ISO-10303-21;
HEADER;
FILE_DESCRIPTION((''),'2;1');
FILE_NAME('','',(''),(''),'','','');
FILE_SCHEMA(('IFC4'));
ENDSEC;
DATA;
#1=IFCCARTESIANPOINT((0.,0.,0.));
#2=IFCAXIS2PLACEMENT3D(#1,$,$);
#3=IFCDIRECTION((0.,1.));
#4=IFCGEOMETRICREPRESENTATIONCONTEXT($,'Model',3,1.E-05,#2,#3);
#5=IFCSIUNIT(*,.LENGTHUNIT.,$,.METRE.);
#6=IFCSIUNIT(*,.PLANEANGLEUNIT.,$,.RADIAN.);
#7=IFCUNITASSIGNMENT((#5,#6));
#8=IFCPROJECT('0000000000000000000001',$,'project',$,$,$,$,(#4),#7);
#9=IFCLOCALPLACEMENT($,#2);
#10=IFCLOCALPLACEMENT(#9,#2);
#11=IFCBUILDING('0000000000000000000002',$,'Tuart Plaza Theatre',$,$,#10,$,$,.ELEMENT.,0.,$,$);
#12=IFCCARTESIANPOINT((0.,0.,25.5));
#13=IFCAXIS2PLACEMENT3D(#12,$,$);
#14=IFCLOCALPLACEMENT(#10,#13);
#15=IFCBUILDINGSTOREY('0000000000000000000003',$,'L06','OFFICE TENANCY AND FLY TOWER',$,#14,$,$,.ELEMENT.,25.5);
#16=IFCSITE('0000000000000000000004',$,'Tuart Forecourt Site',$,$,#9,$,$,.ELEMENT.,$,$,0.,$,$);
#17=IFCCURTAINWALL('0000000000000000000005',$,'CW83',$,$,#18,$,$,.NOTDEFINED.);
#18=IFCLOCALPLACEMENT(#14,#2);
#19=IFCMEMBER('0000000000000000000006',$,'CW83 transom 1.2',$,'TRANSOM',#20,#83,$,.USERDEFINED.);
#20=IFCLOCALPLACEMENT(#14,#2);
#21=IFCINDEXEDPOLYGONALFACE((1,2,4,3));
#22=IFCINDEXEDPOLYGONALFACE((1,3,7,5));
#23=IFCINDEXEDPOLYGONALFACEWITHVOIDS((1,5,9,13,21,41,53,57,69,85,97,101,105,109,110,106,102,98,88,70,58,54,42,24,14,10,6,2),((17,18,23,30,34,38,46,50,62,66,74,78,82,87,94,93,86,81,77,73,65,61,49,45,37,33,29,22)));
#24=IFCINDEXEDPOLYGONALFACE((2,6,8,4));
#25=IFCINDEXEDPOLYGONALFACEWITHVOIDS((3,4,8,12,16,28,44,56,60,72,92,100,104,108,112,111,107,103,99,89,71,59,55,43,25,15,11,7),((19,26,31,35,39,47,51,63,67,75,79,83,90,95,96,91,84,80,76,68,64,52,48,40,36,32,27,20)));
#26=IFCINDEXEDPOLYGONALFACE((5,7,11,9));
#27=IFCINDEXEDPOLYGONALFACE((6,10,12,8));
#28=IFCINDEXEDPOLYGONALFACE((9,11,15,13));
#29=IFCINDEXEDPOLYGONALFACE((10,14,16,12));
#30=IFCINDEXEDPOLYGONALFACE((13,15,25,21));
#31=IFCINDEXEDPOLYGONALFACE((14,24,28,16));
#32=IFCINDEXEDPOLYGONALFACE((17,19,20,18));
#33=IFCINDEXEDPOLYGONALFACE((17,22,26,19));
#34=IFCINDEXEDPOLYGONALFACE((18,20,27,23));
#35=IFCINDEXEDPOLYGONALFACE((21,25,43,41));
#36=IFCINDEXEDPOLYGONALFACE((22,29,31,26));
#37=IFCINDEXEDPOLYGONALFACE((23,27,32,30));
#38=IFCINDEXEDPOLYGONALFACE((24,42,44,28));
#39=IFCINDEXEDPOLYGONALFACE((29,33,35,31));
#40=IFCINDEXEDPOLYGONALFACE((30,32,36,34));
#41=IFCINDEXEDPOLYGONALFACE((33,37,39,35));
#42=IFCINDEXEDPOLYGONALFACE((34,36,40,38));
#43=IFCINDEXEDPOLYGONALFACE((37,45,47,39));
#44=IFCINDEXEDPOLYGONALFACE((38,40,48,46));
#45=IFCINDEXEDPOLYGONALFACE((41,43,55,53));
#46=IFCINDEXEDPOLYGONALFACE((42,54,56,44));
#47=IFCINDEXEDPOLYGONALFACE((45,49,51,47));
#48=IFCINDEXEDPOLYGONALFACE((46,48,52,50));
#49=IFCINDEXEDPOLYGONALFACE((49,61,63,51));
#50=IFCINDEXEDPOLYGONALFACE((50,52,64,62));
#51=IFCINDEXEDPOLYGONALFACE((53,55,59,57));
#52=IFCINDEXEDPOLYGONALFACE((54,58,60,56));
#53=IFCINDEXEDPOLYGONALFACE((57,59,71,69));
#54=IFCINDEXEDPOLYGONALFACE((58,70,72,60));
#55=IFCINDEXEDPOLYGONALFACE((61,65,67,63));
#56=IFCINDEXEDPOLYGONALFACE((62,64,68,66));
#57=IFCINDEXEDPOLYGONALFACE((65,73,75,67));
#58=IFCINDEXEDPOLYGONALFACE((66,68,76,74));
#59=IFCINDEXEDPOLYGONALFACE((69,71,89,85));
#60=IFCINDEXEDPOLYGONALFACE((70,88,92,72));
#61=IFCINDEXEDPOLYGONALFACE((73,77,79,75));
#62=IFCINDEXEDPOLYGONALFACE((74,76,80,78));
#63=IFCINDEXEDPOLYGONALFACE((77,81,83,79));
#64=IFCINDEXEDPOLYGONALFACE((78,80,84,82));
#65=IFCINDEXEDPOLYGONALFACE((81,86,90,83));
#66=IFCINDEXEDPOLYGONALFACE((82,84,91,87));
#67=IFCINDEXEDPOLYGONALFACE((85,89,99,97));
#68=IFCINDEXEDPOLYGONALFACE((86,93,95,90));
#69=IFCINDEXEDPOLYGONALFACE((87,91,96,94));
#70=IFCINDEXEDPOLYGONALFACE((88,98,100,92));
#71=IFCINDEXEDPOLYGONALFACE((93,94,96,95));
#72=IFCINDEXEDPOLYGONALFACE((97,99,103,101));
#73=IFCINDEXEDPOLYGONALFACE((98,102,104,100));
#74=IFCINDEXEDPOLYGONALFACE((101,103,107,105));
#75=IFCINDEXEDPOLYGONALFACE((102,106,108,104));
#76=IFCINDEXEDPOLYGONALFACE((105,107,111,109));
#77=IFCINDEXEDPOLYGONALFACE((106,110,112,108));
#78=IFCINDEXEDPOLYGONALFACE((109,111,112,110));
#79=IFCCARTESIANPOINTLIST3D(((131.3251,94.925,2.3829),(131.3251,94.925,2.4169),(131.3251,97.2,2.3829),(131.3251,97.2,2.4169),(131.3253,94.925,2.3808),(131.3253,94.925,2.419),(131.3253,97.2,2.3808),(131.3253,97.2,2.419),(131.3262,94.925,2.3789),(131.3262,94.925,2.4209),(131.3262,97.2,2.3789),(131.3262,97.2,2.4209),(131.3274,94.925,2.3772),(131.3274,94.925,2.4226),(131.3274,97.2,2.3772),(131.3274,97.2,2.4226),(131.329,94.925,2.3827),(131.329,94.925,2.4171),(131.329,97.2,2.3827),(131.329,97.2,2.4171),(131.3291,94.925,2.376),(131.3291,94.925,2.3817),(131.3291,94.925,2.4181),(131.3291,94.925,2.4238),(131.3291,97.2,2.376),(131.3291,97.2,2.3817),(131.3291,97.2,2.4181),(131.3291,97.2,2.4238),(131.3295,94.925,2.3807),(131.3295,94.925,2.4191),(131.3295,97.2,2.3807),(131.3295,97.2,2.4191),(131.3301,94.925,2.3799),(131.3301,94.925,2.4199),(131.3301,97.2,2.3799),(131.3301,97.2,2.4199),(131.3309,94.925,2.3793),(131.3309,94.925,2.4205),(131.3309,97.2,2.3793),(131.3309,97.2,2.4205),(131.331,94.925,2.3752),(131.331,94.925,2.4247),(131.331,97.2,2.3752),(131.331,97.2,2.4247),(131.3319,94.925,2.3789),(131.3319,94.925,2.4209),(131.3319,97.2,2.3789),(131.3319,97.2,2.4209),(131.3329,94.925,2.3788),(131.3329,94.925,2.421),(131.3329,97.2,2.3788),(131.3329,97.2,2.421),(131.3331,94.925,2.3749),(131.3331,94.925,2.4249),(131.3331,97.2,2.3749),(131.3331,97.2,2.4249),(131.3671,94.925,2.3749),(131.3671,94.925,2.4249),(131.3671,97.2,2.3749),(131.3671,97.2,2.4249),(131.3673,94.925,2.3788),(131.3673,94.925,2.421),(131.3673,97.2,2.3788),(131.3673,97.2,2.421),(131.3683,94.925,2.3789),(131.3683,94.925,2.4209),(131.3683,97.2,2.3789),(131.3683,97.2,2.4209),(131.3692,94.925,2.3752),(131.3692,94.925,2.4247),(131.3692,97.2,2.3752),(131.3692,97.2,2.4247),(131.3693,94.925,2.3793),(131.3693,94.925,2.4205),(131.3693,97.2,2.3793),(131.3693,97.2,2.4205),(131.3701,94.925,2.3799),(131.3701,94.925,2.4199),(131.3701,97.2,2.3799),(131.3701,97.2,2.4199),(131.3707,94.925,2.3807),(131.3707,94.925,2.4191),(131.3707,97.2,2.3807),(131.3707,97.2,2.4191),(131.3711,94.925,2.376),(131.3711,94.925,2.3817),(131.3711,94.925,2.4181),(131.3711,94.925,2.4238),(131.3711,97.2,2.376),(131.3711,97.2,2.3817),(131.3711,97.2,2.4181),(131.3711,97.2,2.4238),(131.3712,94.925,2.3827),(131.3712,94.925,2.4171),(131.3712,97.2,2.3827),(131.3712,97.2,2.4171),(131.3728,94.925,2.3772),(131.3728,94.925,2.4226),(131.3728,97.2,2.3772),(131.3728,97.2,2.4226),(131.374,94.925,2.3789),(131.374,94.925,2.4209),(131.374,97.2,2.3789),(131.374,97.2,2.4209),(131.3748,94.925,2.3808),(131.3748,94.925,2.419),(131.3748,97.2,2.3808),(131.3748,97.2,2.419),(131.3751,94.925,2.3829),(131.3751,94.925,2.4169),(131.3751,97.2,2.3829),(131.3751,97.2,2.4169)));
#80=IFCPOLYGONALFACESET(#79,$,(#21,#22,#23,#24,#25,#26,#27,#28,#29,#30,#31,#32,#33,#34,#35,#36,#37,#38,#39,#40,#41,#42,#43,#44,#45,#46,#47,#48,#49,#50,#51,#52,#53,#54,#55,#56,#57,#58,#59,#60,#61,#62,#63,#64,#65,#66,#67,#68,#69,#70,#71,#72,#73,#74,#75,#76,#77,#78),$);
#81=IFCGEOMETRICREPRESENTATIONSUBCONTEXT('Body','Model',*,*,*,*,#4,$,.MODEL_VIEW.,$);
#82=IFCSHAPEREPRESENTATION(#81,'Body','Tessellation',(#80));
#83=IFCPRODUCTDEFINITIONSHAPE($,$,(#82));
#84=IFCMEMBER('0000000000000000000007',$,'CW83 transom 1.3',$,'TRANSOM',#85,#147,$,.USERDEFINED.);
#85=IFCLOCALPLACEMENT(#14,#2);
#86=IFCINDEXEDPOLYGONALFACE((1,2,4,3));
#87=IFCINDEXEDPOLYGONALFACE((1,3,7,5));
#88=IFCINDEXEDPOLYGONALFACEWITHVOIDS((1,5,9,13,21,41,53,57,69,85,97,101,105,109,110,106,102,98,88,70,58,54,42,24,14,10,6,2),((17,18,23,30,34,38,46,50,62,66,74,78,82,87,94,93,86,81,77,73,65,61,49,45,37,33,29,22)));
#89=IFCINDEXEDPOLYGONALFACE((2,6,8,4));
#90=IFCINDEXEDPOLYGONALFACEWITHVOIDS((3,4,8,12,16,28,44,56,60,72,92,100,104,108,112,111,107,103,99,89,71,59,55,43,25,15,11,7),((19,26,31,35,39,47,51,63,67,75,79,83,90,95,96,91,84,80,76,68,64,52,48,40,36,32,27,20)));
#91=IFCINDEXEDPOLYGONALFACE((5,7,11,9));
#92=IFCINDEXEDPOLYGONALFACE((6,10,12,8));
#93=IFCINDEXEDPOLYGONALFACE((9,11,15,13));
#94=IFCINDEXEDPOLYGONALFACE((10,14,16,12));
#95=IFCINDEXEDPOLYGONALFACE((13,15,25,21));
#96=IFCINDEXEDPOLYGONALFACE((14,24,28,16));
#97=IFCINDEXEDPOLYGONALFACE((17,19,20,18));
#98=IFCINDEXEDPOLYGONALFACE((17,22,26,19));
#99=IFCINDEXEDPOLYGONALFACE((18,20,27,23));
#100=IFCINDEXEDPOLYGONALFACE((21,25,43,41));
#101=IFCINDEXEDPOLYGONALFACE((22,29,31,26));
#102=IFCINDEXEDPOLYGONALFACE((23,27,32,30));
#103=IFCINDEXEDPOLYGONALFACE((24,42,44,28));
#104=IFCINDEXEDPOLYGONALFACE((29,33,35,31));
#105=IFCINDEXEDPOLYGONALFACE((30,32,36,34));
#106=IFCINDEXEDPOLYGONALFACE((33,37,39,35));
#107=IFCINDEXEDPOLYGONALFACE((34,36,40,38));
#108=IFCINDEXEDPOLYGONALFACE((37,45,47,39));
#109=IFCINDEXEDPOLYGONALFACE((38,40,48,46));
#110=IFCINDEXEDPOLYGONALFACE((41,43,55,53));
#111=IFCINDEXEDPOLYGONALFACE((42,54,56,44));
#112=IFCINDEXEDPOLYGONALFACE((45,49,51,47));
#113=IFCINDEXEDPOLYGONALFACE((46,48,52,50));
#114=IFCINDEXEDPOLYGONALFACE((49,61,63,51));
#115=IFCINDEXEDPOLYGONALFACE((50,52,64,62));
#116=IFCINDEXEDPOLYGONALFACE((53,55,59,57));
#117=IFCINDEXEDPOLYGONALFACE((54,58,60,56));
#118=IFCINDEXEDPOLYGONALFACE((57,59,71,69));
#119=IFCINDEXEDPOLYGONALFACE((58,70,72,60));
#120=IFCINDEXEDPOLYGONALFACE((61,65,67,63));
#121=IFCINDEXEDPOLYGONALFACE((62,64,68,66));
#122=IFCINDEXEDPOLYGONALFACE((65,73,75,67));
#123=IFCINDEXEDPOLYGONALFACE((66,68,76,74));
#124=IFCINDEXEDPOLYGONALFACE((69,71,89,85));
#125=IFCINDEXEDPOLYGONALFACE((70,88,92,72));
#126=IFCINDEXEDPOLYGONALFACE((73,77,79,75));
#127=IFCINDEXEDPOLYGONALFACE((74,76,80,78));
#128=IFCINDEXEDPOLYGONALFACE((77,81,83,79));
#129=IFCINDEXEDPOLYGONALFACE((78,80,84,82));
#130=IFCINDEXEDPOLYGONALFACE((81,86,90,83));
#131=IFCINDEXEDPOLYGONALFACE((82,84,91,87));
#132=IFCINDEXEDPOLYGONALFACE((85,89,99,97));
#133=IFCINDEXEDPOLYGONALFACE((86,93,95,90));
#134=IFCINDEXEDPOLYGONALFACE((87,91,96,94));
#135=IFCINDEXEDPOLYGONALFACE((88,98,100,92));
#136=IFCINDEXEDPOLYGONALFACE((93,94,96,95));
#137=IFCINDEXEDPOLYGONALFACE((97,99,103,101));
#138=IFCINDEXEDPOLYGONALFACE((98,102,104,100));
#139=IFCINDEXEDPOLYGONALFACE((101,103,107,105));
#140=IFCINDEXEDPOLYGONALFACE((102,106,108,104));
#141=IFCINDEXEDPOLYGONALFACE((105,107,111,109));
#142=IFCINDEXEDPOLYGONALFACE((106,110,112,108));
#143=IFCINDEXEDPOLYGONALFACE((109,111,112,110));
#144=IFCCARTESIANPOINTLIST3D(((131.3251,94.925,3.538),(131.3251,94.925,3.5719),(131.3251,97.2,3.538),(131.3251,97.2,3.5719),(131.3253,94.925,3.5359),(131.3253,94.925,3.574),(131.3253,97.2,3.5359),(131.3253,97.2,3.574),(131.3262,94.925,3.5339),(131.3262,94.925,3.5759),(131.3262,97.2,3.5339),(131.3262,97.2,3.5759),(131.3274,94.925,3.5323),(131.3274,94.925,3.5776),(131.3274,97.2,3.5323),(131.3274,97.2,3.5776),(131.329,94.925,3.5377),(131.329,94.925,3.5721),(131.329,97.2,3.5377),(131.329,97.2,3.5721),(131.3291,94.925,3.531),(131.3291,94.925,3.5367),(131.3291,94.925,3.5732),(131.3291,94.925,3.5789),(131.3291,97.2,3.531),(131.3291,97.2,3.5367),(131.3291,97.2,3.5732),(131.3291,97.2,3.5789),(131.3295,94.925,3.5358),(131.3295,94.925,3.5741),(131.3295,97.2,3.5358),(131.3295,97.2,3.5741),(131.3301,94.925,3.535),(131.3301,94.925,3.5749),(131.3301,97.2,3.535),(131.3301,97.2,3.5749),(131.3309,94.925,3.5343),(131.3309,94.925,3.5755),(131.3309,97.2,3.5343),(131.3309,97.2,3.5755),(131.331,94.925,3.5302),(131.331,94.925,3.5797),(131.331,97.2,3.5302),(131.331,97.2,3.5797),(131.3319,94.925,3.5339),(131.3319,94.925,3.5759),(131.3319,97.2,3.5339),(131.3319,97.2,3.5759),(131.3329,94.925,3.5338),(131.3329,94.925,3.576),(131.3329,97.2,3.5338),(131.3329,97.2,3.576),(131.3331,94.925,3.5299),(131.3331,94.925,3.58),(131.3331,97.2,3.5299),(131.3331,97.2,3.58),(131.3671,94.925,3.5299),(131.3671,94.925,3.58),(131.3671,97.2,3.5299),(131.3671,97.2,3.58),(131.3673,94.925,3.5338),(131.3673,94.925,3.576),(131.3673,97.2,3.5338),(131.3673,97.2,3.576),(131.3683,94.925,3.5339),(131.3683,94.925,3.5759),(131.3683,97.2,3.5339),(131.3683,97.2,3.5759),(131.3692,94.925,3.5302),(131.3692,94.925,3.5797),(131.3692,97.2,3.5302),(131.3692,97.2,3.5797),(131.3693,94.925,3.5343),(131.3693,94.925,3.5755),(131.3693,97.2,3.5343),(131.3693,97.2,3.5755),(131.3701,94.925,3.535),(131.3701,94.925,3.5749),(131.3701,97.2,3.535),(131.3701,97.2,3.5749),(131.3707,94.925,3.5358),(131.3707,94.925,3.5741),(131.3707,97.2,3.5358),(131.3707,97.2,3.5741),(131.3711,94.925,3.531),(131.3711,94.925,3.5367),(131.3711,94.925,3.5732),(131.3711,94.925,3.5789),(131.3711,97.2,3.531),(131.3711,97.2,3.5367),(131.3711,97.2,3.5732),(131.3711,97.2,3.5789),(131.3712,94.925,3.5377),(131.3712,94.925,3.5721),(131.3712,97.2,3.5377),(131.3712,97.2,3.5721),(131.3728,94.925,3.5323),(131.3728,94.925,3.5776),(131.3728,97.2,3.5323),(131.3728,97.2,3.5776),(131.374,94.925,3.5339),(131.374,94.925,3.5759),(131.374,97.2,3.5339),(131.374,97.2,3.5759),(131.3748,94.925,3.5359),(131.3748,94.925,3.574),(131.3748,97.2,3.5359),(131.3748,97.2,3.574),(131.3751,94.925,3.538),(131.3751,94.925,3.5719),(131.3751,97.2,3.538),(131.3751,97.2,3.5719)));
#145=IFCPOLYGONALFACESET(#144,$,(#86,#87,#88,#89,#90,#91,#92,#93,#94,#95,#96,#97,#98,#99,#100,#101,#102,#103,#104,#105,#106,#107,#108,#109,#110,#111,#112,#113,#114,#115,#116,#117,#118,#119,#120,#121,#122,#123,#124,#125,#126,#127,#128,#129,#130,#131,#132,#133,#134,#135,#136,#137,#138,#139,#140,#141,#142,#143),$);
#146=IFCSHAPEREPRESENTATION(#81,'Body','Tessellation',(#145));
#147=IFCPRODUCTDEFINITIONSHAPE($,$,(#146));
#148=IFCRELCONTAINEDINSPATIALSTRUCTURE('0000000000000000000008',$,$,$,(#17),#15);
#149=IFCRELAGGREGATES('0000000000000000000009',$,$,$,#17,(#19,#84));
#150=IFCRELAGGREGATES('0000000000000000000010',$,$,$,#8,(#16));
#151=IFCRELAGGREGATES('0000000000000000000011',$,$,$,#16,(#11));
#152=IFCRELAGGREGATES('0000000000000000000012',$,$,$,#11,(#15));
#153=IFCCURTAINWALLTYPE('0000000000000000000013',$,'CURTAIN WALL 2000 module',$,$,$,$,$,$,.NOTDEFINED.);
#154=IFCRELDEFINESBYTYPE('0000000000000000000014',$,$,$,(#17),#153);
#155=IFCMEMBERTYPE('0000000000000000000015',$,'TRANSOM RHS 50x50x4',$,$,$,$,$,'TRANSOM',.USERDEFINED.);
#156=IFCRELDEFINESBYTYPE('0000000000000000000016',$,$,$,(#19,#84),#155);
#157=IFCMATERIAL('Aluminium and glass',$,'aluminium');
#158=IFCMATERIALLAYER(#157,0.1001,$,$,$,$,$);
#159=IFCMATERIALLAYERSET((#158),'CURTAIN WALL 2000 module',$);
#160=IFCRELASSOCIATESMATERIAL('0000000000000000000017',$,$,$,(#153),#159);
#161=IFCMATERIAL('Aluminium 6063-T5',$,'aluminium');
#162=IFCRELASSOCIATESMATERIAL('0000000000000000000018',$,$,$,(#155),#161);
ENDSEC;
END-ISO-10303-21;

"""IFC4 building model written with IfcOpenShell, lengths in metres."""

from ifc_helpers import new_model, si_unit, direction, frame, origin, origin_2d, place, context, subcontext, project, spatial, hollow_rectangle, extrude, material, layer, layer_set, material_profile, profile_set, type_object, element, aggregate, save


model = new_model("IFC4")

# Units and contexts
model_context = context("Model", 3, precision=1e-05, world=origin(), true_north=direction((0.0, 1.0)))
body_context = subcontext(model_context, "Body", "Model", "MODEL_VIEW")
ifc_project = project(units=[si_unit("LENGTHUNIT", "METRE"), si_unit("PLANEANGLEUNIT", "RADIAN")], contexts=[model_context])

# Site, building, storey
site_placement = place(None, origin())
site = spatial("IfcSite", under=ifc_project, at=site_placement, Name="Tuart Forecourt Site", CompositionType="ELEMENT", RefElevation=0.0)
building_placement = place(site_placement, origin())
building = spatial("IfcBuilding", under=site, at=building_placement, Name="Tuart Plaza Theatre", CompositionType="ELEMENT", ElevationOfRefHeight=0.0)
storey_placement = place(building_placement, frame((0.0, 0.0, 25.5)))
storey = spatial("IfcBuildingStorey", under=building, at=storey_placement, Name="L06", Description="OFFICE TENANCY AND FLY TOWER", CompositionType="ELEMENT", Elevation=25.5)

# Curtain wall
ifc_material_1 = material(Name="Aluminium and glass", Category="aluminium")
ifc_layer_1 = layer(ifc_material_1, 0.1001)
ifc_layer_set_1 = layer_set([ifc_layer_1], Name="CURTAIN WALL 2000 module")
curtain_wall_type = type_object("IfcCurtainWallType", Name="CURTAIN WALL 2000 module", PredefinedType="NOTDEFINED", material=ifc_layer_set_1)
curtain_wall_1_placement = place(storey_placement, origin())
curtain_wall_1 = element("IfcCurtainWall", 1, at=curtain_wall_1_placement, inside=storey, type_object=curtain_wall_type, Name="CW83", PredefinedType="NOTDEFINED")

# Members
ifc_material_2 = material(Name="Aluminium 6063-T5", Category="aluminium")
ifc_material_profile_1 = material_profile(ifc_material_2, hollow_rectangle(XDim=0.05, YDim=0.05, WallThickness=0.0039, InnerFilletRadius=0.0039, OuterFilletRadius=0.0081, at=origin_2d()), Name="RHS 50x50x4")
ifc_profile_set_1 = profile_set([ifc_material_profile_1], Name="Aluminium 6063-T5")
member_type_1 = type_object("IfcMemberType", Name="TRANSOM RHS 50x50x4", ElementType="TRANSOM", PredefinedType="USERDEFINED", material=ifc_profile_set_1)
member_1_placement = place(storey_placement, frame((131.3501, 97.2, 2.3999), z_axis=(0.0, -1.0, 0.0), x_axis=(1.0, 0.0, 0.0)))
member_1 = element("IfcMember", 2, at=member_1_placement, type_object=member_type_1, Name="CW83 transom 1.2", ObjectType="TRANSOM", PredefinedType="USERDEFINED", context=body_context, shape_type="SweptSolid", body=[
    extrude(hollow_rectangle(XDim=0.05, YDim=0.05, WallThickness=0.0039, InnerFilletRadius=0.0039, OuterFilletRadius=0.0081, at=origin_2d()), origin(), (0.0, 0.0, 1.0), 2.2749),
])
member_2_placement = place(storey_placement, frame((131.3501, 97.2, 3.5549), z_axis=(0.0, -1.0, 0.0), x_axis=(1.0, 0.0, 0.0)))
member_2 = element("IfcMember", 3, at=member_2_placement, type_object=member_type_1, Name="CW83 transom 1.3", ObjectType="TRANSOM", PredefinedType="USERDEFINED", context=body_context, shape_type="SweptSolid", body=[
    extrude(hollow_rectangle(XDim=0.05, YDim=0.05, WallThickness=0.0039, InnerFilletRadius=0.0039, OuterFilletRadius=0.0081, at=origin_2d()), origin(), (0.0, 0.0, 1.0), 2.2749),
])

aggregate(curtain_wall_1, [member_1, member_2])

save(model, "model.ifc")
